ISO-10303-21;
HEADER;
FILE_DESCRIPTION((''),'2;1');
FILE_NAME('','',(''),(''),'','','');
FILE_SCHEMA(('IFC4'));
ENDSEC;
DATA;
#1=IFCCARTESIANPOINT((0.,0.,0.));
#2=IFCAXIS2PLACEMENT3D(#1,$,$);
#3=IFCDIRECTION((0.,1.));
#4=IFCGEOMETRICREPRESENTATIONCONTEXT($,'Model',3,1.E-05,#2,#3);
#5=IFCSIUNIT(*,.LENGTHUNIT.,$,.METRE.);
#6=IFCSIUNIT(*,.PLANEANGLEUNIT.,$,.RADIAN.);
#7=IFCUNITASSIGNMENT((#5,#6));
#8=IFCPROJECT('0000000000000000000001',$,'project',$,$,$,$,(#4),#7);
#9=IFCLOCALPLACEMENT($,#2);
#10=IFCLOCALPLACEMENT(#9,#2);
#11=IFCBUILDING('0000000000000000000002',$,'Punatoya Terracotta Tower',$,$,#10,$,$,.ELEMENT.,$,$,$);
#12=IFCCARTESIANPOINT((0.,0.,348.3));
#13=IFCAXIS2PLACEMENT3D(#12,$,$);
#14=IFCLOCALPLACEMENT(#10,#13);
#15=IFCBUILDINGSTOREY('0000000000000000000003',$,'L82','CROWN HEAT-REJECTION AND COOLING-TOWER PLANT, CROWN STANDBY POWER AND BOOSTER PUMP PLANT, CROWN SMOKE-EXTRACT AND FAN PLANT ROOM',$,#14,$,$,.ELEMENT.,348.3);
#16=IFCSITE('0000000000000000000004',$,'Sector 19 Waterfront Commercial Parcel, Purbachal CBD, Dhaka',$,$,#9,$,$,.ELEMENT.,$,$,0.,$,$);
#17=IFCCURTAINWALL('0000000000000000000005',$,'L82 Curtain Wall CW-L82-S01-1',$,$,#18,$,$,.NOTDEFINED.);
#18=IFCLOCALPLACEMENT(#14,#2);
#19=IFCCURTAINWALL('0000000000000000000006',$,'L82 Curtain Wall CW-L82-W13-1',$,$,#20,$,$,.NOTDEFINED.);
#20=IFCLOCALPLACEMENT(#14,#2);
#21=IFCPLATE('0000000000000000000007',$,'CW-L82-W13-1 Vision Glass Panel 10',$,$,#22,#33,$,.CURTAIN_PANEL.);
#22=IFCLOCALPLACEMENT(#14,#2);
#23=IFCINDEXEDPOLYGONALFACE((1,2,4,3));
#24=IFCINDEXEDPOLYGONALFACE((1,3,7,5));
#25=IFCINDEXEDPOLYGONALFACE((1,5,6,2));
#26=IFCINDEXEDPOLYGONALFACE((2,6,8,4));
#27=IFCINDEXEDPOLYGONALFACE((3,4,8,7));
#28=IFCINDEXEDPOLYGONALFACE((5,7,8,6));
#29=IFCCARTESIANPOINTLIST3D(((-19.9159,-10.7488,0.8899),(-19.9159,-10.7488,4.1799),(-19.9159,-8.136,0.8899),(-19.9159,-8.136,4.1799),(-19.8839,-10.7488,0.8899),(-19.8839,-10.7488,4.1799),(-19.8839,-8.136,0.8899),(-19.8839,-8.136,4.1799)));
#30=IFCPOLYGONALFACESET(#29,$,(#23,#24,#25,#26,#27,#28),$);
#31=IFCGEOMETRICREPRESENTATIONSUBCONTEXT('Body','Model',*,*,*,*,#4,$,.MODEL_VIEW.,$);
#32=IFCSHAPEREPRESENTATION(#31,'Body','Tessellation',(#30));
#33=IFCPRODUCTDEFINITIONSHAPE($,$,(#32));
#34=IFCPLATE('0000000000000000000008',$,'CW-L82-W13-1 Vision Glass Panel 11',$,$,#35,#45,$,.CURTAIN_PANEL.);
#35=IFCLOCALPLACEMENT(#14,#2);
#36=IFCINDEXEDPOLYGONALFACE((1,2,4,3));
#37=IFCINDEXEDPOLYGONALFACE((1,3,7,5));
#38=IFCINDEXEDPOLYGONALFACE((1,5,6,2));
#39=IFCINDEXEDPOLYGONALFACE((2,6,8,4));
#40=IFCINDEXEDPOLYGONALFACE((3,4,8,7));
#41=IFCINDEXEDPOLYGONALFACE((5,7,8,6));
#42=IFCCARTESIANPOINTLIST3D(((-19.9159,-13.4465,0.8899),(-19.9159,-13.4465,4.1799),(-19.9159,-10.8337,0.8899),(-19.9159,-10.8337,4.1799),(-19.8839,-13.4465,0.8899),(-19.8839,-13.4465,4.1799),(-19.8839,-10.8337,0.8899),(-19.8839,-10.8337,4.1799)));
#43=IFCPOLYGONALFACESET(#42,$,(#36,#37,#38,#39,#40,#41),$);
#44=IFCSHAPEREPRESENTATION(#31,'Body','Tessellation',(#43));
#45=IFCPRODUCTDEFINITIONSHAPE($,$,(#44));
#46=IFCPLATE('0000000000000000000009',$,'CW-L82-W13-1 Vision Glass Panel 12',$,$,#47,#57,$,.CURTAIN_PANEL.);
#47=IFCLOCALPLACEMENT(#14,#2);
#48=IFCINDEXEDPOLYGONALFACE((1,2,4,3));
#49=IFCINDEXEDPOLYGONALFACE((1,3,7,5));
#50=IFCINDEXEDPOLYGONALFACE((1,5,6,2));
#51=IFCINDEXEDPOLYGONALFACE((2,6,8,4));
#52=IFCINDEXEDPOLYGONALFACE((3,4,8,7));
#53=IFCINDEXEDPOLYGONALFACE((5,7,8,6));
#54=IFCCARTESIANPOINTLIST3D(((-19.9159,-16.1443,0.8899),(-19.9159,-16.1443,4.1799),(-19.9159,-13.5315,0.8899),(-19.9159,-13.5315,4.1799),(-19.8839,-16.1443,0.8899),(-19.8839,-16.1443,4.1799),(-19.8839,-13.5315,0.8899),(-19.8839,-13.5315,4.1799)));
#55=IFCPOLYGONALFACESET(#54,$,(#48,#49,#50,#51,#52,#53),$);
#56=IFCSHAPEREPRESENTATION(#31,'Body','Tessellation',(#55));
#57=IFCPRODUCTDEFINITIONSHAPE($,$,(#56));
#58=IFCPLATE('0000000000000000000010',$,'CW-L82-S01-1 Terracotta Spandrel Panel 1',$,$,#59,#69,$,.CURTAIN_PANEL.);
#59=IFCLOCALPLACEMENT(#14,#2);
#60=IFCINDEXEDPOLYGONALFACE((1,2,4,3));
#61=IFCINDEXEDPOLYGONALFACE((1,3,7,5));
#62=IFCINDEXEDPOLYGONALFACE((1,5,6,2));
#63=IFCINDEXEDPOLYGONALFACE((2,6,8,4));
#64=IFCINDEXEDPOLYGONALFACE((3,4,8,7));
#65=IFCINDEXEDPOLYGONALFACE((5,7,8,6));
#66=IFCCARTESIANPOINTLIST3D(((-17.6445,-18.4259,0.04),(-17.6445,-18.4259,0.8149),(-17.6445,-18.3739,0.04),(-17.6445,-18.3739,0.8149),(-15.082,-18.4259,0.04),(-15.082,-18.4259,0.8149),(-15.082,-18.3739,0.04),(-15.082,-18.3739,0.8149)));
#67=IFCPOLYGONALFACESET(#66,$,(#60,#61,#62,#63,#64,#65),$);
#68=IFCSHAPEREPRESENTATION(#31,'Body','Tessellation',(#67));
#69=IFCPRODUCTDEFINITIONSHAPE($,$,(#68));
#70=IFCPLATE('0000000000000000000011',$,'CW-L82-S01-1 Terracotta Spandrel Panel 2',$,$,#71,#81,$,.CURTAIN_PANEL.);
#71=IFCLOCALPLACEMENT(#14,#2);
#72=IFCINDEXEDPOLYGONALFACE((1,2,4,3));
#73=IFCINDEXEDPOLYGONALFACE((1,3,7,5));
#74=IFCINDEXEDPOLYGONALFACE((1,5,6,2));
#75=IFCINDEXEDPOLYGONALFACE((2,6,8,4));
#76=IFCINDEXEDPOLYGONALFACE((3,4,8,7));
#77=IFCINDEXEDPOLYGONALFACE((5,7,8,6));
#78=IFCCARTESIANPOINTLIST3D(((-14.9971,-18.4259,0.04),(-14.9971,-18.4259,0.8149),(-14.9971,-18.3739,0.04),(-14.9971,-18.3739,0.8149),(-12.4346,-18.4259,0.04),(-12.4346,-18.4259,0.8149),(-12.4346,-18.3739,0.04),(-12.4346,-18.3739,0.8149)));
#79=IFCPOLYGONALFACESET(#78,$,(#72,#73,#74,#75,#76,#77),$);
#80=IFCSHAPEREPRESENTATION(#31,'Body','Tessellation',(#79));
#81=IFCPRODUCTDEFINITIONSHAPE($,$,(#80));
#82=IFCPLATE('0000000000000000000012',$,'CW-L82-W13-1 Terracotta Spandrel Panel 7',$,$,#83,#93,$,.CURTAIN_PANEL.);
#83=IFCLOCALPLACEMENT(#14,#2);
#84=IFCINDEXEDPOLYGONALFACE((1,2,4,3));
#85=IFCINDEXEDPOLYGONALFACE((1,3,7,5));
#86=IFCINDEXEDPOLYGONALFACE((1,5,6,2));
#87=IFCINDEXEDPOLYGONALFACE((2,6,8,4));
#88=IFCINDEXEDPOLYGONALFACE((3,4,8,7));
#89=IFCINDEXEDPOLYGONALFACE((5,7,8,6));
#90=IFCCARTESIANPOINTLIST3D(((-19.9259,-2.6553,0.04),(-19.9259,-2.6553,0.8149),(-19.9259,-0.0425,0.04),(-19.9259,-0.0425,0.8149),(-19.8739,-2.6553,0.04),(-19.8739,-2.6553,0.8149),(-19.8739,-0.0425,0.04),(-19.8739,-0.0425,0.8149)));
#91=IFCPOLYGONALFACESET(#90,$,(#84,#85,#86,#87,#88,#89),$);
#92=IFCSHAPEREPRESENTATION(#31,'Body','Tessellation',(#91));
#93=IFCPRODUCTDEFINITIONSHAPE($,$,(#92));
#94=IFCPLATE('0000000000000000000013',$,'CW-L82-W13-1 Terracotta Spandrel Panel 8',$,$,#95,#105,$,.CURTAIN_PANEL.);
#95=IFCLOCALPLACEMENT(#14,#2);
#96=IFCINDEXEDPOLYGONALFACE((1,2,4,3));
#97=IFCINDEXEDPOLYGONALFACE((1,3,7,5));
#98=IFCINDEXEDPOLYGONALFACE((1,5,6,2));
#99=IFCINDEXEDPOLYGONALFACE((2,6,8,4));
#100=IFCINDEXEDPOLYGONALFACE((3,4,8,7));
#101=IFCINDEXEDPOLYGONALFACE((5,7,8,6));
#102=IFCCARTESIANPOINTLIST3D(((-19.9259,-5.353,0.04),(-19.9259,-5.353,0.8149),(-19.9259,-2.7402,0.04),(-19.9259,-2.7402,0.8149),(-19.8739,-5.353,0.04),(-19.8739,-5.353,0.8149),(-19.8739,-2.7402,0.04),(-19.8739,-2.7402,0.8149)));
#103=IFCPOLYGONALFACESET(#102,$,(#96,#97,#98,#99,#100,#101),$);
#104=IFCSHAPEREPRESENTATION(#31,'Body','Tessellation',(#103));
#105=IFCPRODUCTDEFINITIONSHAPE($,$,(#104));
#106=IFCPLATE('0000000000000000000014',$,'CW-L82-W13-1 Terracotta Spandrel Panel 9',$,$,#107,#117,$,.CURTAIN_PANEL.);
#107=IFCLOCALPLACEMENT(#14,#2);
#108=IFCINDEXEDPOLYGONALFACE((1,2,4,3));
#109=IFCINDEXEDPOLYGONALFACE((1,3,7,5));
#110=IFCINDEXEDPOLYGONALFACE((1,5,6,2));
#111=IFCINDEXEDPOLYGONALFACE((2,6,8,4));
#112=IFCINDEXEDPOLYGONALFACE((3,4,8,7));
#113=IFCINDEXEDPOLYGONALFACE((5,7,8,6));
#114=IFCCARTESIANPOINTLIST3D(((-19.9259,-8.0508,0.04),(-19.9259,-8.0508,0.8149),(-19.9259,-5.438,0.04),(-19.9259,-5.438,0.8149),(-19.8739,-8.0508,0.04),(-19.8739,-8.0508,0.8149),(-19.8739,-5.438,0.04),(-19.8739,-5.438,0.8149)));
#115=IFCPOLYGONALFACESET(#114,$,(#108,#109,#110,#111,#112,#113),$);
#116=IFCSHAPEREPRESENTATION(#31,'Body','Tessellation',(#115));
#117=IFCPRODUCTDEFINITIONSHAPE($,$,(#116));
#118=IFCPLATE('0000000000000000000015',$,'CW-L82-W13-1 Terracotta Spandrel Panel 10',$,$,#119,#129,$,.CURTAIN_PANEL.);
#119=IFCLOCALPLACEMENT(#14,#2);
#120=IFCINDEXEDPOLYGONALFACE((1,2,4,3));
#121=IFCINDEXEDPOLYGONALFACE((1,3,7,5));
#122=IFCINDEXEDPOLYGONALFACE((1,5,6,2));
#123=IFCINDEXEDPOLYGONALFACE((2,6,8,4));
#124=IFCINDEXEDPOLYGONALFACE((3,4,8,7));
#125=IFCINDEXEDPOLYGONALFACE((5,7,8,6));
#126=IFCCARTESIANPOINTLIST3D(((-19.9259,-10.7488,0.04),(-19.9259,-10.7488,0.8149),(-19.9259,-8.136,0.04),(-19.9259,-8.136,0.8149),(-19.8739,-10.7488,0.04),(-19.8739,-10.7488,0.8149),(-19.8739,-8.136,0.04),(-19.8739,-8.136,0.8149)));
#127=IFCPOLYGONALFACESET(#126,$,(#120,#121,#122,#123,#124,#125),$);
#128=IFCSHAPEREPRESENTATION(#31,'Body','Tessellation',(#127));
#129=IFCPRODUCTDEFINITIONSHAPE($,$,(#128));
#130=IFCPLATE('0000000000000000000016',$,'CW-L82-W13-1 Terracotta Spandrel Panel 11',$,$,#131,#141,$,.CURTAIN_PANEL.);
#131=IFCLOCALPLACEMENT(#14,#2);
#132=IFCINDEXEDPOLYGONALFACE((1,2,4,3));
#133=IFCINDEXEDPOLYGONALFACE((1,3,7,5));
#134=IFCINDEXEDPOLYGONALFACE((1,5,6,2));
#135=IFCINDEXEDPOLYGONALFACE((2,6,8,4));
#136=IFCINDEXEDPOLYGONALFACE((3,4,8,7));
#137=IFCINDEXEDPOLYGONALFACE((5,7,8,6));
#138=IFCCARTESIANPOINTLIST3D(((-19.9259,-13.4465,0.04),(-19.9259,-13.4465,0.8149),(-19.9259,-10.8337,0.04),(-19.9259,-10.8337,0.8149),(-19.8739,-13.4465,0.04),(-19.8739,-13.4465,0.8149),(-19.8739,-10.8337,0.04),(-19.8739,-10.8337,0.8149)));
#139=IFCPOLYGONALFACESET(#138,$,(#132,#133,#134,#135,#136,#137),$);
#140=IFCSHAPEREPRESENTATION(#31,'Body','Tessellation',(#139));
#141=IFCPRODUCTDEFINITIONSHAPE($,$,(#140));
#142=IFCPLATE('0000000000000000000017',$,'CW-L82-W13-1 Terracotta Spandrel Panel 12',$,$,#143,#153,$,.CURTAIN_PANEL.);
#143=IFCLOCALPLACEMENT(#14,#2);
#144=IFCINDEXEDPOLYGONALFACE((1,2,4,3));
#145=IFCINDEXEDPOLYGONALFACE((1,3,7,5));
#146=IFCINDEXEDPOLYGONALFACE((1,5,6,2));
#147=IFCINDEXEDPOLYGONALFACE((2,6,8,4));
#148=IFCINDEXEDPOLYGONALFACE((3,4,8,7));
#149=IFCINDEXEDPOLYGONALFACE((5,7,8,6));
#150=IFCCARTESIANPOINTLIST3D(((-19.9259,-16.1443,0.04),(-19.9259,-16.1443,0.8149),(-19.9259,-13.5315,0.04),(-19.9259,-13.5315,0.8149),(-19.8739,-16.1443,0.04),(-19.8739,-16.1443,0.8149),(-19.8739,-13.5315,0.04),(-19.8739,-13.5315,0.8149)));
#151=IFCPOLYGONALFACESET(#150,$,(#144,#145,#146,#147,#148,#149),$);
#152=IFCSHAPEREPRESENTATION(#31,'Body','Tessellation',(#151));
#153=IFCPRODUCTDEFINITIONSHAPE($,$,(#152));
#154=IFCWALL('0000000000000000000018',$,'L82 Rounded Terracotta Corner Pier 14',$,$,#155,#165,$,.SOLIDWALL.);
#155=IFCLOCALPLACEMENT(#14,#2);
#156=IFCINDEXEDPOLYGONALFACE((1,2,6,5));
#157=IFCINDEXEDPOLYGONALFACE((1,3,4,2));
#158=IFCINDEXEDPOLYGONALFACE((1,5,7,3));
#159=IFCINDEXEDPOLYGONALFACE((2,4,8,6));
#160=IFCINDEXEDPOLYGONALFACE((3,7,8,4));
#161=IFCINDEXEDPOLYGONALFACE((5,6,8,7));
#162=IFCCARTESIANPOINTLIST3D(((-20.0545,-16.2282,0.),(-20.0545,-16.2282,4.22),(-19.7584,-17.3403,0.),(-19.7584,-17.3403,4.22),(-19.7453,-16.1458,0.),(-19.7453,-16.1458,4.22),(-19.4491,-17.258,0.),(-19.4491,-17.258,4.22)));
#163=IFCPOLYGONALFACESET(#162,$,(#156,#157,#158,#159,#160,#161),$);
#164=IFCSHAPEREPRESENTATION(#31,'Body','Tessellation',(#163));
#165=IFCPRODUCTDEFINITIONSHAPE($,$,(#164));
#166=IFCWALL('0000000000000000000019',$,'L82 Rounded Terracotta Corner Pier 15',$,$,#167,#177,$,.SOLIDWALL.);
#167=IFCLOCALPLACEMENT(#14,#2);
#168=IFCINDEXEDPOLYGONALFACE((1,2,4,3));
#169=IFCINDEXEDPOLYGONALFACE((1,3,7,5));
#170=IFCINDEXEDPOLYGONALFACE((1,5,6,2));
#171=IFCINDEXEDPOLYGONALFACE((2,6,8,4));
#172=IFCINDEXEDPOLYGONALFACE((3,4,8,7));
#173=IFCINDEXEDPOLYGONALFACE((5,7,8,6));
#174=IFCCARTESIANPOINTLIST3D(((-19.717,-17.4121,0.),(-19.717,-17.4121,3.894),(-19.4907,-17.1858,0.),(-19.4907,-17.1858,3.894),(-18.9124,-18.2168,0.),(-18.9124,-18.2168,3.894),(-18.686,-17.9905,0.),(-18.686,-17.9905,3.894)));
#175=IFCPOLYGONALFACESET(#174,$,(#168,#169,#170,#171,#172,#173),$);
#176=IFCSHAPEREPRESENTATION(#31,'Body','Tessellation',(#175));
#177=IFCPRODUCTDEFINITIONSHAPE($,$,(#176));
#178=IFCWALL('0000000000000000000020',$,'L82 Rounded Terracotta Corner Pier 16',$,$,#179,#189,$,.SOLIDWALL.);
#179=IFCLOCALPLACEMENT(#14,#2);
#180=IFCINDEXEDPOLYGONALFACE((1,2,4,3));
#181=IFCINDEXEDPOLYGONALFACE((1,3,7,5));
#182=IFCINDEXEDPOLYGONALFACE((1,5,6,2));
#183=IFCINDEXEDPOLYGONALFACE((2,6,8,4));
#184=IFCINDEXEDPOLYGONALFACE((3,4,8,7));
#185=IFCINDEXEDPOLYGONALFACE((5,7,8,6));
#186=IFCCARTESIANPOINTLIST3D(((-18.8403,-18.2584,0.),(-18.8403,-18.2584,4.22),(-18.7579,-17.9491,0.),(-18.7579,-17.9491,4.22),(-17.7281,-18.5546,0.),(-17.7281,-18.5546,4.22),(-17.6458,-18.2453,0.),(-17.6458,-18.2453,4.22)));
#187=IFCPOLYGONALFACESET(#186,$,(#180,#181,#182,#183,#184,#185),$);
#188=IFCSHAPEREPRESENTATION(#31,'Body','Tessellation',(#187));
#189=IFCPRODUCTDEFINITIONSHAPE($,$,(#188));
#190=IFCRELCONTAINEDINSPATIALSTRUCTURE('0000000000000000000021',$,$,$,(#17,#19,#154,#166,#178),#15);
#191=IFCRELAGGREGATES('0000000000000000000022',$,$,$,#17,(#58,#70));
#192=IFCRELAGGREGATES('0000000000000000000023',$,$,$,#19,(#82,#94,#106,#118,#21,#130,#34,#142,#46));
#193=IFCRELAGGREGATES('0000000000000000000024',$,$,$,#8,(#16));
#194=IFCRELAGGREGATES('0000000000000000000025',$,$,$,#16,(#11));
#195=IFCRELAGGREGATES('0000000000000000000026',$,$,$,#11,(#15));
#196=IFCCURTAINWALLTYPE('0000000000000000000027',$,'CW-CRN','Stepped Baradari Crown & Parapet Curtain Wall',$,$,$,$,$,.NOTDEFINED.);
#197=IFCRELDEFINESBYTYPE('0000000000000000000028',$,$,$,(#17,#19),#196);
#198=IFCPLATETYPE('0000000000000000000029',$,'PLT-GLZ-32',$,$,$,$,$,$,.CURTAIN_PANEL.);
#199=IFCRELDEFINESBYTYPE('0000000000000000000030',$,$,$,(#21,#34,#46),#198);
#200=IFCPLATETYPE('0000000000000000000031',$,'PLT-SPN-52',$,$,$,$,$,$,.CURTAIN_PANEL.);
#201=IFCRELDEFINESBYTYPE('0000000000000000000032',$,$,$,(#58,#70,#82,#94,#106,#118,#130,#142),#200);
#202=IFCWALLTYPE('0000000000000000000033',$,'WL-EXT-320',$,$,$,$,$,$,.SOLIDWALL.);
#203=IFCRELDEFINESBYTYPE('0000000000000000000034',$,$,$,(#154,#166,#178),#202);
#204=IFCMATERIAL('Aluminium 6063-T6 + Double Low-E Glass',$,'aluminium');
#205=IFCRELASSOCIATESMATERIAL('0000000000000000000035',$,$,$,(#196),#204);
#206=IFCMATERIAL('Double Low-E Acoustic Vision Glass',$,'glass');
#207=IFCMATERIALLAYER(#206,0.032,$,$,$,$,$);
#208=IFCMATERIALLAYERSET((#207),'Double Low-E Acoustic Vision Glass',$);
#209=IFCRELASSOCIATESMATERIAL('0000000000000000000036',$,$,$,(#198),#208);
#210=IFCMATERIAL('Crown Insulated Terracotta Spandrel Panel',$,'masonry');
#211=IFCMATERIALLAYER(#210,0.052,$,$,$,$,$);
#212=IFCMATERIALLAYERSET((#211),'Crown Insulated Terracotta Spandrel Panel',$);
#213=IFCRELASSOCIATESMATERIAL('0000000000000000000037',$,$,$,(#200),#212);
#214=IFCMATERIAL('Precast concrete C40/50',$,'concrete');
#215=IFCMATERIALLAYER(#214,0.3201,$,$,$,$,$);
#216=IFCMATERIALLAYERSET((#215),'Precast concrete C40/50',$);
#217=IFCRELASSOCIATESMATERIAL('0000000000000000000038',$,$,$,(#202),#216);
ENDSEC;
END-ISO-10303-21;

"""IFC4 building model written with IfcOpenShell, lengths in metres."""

from ifc_helpers import new_model, si_unit, direction, frame, frame_2d, origin, origin_2d, place, context, subcontext, project, spatial, rectangle, extrude, material, layer, layer_set, type_object, element, aggregate, save


model = new_model("IFC4")

# Units and contexts
model_context = context("Model", 3, precision=1e-05, world=origin(), true_north=direction((0.0, 1.0)))
body_context = subcontext(model_context, "Body", "Model", "MODEL_VIEW")
ifc_project = project(units=[si_unit("LENGTHUNIT", "METRE"), si_unit("PLANEANGLEUNIT", "RADIAN")], contexts=[model_context])

# Site, building, storey
site_placement = place(None, origin())
site = spatial("IfcSite", under=ifc_project, at=site_placement, Name="Sector 19 Waterfront Commercial Parcel, Purbachal CBD, Dhaka", CompositionType="ELEMENT", RefElevation=0.0)
building_placement = place(site_placement, origin())
building = spatial("IfcBuilding", under=site, at=building_placement, Name="Punatoya Terracotta Tower", CompositionType="ELEMENT")
storey_placement = place(building_placement, frame((0.0, 0.0, 348.3)))
storey = spatial("IfcBuildingStorey", under=building, at=storey_placement, Name="L82", Description="CROWN HEAT-REJECTION AND COOLING-TOWER PLANT, CROWN STANDBY POWER AND BOOSTER PUMP PLANT, CROWN SMOKE-EXTRACT AND FAN PLANT ROOM", CompositionType="ELEMENT", Elevation=348.3)

# Curtain walls
ifc_material_1 = material(Name="Aluminium 6063-T6 + Double Low-E Glass", Category="aluminium")
curtain_wall_type = type_object("IfcCurtainWallType", Name="CW-CRN", Description="Stepped Baradari Crown & Parapet Curtain Wall", PredefinedType="NOTDEFINED", material=ifc_material_1)
curtain_wall_1_placement = place(storey_placement, origin())
curtain_wall_1 = element("IfcCurtainWall", 1, at=curtain_wall_1_placement, inside=storey, type_object=curtain_wall_type, Name="L82 Curtain Wall CW-L82-S01-1", PredefinedType="NOTDEFINED")
curtain_wall_2_placement = place(storey_placement, origin())
curtain_wall_2 = element("IfcCurtainWall", 2, at=curtain_wall_2_placement, inside=storey, type_object=curtain_wall_type, Name="L82 Curtain Wall CW-L82-W13-1", PredefinedType="NOTDEFINED")

# Plates
ifc_material_2 = material(Name="Double Low-E Acoustic Vision Glass", Category="glass")
ifc_layer_1 = layer(ifc_material_2, 0.032)
ifc_layer_set_1 = layer_set([ifc_layer_1], Name="Double Low-E Acoustic Vision Glass")
plate_type_1 = type_object("IfcPlateType", Name="PLT-GLZ-32", PredefinedType="CURTAIN_PANEL", material=ifc_layer_set_1)
plate_1_placement = place(storey_placement, frame((-19.8999, -9.4424, 0.8899), z_axis=(0.0, 0.0, 1.0), x_axis=(0.0, -1.0, 0.0)))
plate_1 = element("IfcPlate", 3, at=plate_1_placement, type_object=plate_type_1, Name="CW-L82-W13-1 Vision Glass Panel 10", PredefinedType="CURTAIN_PANEL", context=body_context, shape_type="SweptSolid", body=[
    extrude(rectangle(XDim=2.6128, YDim=0.032, at=origin_2d()), origin(), (0.0, 0.0, 1.0), 3.29),
])
plate_2_placement = place(storey_placement, frame((-19.8999, -12.1401, 0.8899), z_axis=(0.0, 0.0, 1.0), x_axis=(0.0, -1.0, 0.0)))
plate_2 = element("IfcPlate", 4, at=plate_2_placement, type_object=plate_type_1, Name="CW-L82-W13-1 Vision Glass Panel 11", PredefinedType="CURTAIN_PANEL", context=body_context, shape_type="SweptSolid", body=[
    extrude(rectangle(XDim=2.6128, YDim=0.032, at=origin_2d()), origin(), (0.0, 0.0, 1.0), 3.29),
])
plate_3_placement = place(storey_placement, frame((-19.8999, -14.8379, 0.8899), z_axis=(0.0, 0.0, 1.0), x_axis=(0.0, -1.0, 0.0)))
plate_3 = element("IfcPlate", 5, at=plate_3_placement, type_object=plate_type_1, Name="CW-L82-W13-1 Vision Glass Panel 12", PredefinedType="CURTAIN_PANEL", context=body_context, shape_type="SweptSolid", body=[
    extrude(rectangle(XDim=2.6128, YDim=0.032, at=origin_2d()), origin(), (0.0, 0.0, 1.0), 3.29),
])
ifc_material_3 = material(Name="Crown Insulated Terracotta Spandrel Panel", Category="masonry")
ifc_layer_2 = layer(ifc_material_3, 0.052)
ifc_layer_set_2 = layer_set([ifc_layer_2], Name="Crown Insulated Terracotta Spandrel Panel")
plate_type_2 = type_object("IfcPlateType", Name="PLT-SPN-52", PredefinedType="CURTAIN_PANEL", material=ifc_layer_set_2)
plate_4_placement = place(storey_placement, frame((-16.3633, -18.3999, 0.04), z_axis=(0.0, 0.0, 1.0), x_axis=(1.0, 0.0, 0.0)))
plate_4 = element("IfcPlate", 6, at=plate_4_placement, type_object=plate_type_2, Name="CW-L82-S01-1 Terracotta Spandrel Panel 1", PredefinedType="CURTAIN_PANEL", context=body_context, shape_type="SweptSolid", body=[
    extrude(rectangle(XDim=2.5625, YDim=0.052, at=origin_2d()), origin(), (0.0, 0.0, 1.0), 0.7749),
])
plate_5_placement = place(storey_placement, frame((-13.7158, -18.3999, 0.04), z_axis=(0.0, 0.0, 1.0), x_axis=(1.0, 0.0, 0.0)))
plate_5 = element("IfcPlate", 7, at=plate_5_placement, type_object=plate_type_2, Name="CW-L82-S01-1 Terracotta Spandrel Panel 2", PredefinedType="CURTAIN_PANEL", context=body_context, shape_type="SweptSolid", body=[
    extrude(rectangle(XDim=2.5625, YDim=0.052, at=origin_2d()), origin(), (0.0, 0.0, 1.0), 0.7749),
])
aggregate(curtain_wall_1, [plate_4, plate_5])
plate_6_placement = place(storey_placement, frame((-19.8999, -1.3489, 0.04), z_axis=(0.0, 0.0, 1.0), x_axis=(0.0, -1.0, 0.0)))
plate_6 = element("IfcPlate", 8, at=plate_6_placement, type_object=plate_type_2, Name="CW-L82-W13-1 Terracotta Spandrel Panel 7", PredefinedType="CURTAIN_PANEL", context=body_context, shape_type="SweptSolid", body=[
    extrude(rectangle(XDim=2.6128, YDim=0.052, at=origin_2d()), origin(), (0.0, 0.0, 1.0), 0.7749),
])
plate_7_placement = place(storey_placement, frame((-19.8999, -4.0466, 0.04), z_axis=(0.0, 0.0, 1.0), x_axis=(0.0, -1.0, 0.0)))
plate_7 = element("IfcPlate", 9, at=plate_7_placement, type_object=plate_type_2, Name="CW-L82-W13-1 Terracotta Spandrel Panel 8", PredefinedType="CURTAIN_PANEL", context=body_context, shape_type="SweptSolid", body=[
    extrude(rectangle(XDim=2.6128, YDim=0.052, at=origin_2d()), origin(), (0.0, 0.0, 1.0), 0.7749),
])
plate_8_placement = place(storey_placement, frame((-19.8999, -6.7444, 0.04), z_axis=(0.0, 0.0, 1.0), x_axis=(0.0, -1.0, 0.0)))
plate_8 = element("IfcPlate", 10, at=plate_8_placement, type_object=plate_type_2, Name="CW-L82-W13-1 Terracotta Spandrel Panel 9", PredefinedType="CURTAIN_PANEL", context=body_context, shape_type="SweptSolid", body=[
    extrude(rectangle(XDim=2.6128, YDim=0.052, at=origin_2d()), origin(), (0.0, 0.0, 1.0), 0.7749),
])
plate_9_placement = place(storey_placement, frame((-19.8999, -9.4424, 0.04), z_axis=(0.0, 0.0, 1.0), x_axis=(0.0, -1.0, 0.0)))
plate_9 = element("IfcPlate", 11, at=plate_9_placement, type_object=plate_type_2, Name="CW-L82-W13-1 Terracotta Spandrel Panel 10", PredefinedType="CURTAIN_PANEL", context=body_context, shape_type="SweptSolid", body=[
    extrude(rectangle(XDim=2.6128, YDim=0.052, at=origin_2d()), origin(), (0.0, 0.0, 1.0), 0.7749),
])
plate_10_placement = place(storey_placement, frame((-19.8999, -12.1401, 0.04), z_axis=(0.0, 0.0, 1.0), x_axis=(0.0, -1.0, 0.0)))
plate_10 = element("IfcPlate", 12, at=plate_10_placement, type_object=plate_type_2, Name="CW-L82-W13-1 Terracotta Spandrel Panel 11", PredefinedType="CURTAIN_PANEL", context=body_context, shape_type="SweptSolid", body=[
    extrude(rectangle(XDim=2.6128, YDim=0.052, at=origin_2d()), origin(), (0.0, 0.0, 1.0), 0.7749),
])
plate_11_placement = place(storey_placement, frame((-19.8999, -14.8379, 0.04), z_axis=(0.0, 0.0, 1.0), x_axis=(0.0, -1.0, 0.0)))
plate_11 = element("IfcPlate", 13, at=plate_11_placement, type_object=plate_type_2, Name="CW-L82-W13-1 Terracotta Spandrel Panel 12", PredefinedType="CURTAIN_PANEL", context=body_context, shape_type="SweptSolid", body=[
    extrude(rectangle(XDim=2.6128, YDim=0.052, at=origin_2d()), origin(), (0.0, 0.0, 1.0), 0.7749),
])
aggregate(curtain_wall_2, [plate_6, plate_7, plate_8, plate_9, plate_1, plate_10, plate_2, plate_11, plate_3])

# Walls
ifc_material_4 = material(Name="Precast concrete C40/50", Category="concrete")
ifc_layer_3 = layer(ifc_material_4, 0.3201)
ifc_layer_set_3 = layer_set([ifc_layer_3], Name="Precast concrete C40/50")
wall_type_1 = type_object("IfcWallType", Name="WL-EXT-320", PredefinedType="SOLIDWALL", material=ifc_layer_set_3)
wall_1_placement = place(storey_placement, frame((-19.8999, -16.187, 0.0), z_axis=(0.0, 0.0, 1.0), x_axis=(0.257333, -0.966323, 0.0)))
element("IfcWall", 14, at=wall_1_placement, inside=storey, type_object=wall_type_1, Name="L82 Rounded Terracotta Corner Pier 14", PredefinedType="SOLIDWALL", context=body_context, shape_type="SweptSolid", body=[
    extrude(rectangle(XDim=1.1509, YDim=0.3201, at=frame_2d((0.5754, 0.0))), origin(), (0.0, 0.0, 1.0), 4.22),
])
wall_2_placement = place(storey_placement, frame((-19.6038, -17.2991, 0.0), z_axis=(0.0, 0.0, 1.0), x_axis=(0.707107, -0.707107, 0.0)))
element("IfcWall", 15, at=wall_2_placement, inside=storey, type_object=wall_type_1, Name="L82 Rounded Terracotta Corner Pier 15", PredefinedType="SOLIDWALL", context=body_context, shape_type="SweptSolid", body=[
    extrude(rectangle(XDim=1.1379, YDim=0.3201, at=frame_2d((0.5688, 0.0))), origin(), (0.0, 0.0, 1.0), 3.894),
])
wall_3_placement = place(storey_placement, frame((-18.7991, -18.1038, 0.0), z_axis=(0.0, 0.0, 1.0), x_axis=(0.966323, -0.257333, 0.0)))
element("IfcWall", 16, at=wall_3_placement, inside=storey, type_object=wall_type_1, Name="L82 Rounded Terracotta Corner Pier 16", PredefinedType="SOLIDWALL", context=body_context, shape_type="SweptSolid", body=[
    extrude(rectangle(XDim=1.1509, YDim=0.3201, at=frame_2d((0.5754, 0.0))), origin(), (0.0, 0.0, 1.0), 4.22),
])

save(model, "model.ifc")
